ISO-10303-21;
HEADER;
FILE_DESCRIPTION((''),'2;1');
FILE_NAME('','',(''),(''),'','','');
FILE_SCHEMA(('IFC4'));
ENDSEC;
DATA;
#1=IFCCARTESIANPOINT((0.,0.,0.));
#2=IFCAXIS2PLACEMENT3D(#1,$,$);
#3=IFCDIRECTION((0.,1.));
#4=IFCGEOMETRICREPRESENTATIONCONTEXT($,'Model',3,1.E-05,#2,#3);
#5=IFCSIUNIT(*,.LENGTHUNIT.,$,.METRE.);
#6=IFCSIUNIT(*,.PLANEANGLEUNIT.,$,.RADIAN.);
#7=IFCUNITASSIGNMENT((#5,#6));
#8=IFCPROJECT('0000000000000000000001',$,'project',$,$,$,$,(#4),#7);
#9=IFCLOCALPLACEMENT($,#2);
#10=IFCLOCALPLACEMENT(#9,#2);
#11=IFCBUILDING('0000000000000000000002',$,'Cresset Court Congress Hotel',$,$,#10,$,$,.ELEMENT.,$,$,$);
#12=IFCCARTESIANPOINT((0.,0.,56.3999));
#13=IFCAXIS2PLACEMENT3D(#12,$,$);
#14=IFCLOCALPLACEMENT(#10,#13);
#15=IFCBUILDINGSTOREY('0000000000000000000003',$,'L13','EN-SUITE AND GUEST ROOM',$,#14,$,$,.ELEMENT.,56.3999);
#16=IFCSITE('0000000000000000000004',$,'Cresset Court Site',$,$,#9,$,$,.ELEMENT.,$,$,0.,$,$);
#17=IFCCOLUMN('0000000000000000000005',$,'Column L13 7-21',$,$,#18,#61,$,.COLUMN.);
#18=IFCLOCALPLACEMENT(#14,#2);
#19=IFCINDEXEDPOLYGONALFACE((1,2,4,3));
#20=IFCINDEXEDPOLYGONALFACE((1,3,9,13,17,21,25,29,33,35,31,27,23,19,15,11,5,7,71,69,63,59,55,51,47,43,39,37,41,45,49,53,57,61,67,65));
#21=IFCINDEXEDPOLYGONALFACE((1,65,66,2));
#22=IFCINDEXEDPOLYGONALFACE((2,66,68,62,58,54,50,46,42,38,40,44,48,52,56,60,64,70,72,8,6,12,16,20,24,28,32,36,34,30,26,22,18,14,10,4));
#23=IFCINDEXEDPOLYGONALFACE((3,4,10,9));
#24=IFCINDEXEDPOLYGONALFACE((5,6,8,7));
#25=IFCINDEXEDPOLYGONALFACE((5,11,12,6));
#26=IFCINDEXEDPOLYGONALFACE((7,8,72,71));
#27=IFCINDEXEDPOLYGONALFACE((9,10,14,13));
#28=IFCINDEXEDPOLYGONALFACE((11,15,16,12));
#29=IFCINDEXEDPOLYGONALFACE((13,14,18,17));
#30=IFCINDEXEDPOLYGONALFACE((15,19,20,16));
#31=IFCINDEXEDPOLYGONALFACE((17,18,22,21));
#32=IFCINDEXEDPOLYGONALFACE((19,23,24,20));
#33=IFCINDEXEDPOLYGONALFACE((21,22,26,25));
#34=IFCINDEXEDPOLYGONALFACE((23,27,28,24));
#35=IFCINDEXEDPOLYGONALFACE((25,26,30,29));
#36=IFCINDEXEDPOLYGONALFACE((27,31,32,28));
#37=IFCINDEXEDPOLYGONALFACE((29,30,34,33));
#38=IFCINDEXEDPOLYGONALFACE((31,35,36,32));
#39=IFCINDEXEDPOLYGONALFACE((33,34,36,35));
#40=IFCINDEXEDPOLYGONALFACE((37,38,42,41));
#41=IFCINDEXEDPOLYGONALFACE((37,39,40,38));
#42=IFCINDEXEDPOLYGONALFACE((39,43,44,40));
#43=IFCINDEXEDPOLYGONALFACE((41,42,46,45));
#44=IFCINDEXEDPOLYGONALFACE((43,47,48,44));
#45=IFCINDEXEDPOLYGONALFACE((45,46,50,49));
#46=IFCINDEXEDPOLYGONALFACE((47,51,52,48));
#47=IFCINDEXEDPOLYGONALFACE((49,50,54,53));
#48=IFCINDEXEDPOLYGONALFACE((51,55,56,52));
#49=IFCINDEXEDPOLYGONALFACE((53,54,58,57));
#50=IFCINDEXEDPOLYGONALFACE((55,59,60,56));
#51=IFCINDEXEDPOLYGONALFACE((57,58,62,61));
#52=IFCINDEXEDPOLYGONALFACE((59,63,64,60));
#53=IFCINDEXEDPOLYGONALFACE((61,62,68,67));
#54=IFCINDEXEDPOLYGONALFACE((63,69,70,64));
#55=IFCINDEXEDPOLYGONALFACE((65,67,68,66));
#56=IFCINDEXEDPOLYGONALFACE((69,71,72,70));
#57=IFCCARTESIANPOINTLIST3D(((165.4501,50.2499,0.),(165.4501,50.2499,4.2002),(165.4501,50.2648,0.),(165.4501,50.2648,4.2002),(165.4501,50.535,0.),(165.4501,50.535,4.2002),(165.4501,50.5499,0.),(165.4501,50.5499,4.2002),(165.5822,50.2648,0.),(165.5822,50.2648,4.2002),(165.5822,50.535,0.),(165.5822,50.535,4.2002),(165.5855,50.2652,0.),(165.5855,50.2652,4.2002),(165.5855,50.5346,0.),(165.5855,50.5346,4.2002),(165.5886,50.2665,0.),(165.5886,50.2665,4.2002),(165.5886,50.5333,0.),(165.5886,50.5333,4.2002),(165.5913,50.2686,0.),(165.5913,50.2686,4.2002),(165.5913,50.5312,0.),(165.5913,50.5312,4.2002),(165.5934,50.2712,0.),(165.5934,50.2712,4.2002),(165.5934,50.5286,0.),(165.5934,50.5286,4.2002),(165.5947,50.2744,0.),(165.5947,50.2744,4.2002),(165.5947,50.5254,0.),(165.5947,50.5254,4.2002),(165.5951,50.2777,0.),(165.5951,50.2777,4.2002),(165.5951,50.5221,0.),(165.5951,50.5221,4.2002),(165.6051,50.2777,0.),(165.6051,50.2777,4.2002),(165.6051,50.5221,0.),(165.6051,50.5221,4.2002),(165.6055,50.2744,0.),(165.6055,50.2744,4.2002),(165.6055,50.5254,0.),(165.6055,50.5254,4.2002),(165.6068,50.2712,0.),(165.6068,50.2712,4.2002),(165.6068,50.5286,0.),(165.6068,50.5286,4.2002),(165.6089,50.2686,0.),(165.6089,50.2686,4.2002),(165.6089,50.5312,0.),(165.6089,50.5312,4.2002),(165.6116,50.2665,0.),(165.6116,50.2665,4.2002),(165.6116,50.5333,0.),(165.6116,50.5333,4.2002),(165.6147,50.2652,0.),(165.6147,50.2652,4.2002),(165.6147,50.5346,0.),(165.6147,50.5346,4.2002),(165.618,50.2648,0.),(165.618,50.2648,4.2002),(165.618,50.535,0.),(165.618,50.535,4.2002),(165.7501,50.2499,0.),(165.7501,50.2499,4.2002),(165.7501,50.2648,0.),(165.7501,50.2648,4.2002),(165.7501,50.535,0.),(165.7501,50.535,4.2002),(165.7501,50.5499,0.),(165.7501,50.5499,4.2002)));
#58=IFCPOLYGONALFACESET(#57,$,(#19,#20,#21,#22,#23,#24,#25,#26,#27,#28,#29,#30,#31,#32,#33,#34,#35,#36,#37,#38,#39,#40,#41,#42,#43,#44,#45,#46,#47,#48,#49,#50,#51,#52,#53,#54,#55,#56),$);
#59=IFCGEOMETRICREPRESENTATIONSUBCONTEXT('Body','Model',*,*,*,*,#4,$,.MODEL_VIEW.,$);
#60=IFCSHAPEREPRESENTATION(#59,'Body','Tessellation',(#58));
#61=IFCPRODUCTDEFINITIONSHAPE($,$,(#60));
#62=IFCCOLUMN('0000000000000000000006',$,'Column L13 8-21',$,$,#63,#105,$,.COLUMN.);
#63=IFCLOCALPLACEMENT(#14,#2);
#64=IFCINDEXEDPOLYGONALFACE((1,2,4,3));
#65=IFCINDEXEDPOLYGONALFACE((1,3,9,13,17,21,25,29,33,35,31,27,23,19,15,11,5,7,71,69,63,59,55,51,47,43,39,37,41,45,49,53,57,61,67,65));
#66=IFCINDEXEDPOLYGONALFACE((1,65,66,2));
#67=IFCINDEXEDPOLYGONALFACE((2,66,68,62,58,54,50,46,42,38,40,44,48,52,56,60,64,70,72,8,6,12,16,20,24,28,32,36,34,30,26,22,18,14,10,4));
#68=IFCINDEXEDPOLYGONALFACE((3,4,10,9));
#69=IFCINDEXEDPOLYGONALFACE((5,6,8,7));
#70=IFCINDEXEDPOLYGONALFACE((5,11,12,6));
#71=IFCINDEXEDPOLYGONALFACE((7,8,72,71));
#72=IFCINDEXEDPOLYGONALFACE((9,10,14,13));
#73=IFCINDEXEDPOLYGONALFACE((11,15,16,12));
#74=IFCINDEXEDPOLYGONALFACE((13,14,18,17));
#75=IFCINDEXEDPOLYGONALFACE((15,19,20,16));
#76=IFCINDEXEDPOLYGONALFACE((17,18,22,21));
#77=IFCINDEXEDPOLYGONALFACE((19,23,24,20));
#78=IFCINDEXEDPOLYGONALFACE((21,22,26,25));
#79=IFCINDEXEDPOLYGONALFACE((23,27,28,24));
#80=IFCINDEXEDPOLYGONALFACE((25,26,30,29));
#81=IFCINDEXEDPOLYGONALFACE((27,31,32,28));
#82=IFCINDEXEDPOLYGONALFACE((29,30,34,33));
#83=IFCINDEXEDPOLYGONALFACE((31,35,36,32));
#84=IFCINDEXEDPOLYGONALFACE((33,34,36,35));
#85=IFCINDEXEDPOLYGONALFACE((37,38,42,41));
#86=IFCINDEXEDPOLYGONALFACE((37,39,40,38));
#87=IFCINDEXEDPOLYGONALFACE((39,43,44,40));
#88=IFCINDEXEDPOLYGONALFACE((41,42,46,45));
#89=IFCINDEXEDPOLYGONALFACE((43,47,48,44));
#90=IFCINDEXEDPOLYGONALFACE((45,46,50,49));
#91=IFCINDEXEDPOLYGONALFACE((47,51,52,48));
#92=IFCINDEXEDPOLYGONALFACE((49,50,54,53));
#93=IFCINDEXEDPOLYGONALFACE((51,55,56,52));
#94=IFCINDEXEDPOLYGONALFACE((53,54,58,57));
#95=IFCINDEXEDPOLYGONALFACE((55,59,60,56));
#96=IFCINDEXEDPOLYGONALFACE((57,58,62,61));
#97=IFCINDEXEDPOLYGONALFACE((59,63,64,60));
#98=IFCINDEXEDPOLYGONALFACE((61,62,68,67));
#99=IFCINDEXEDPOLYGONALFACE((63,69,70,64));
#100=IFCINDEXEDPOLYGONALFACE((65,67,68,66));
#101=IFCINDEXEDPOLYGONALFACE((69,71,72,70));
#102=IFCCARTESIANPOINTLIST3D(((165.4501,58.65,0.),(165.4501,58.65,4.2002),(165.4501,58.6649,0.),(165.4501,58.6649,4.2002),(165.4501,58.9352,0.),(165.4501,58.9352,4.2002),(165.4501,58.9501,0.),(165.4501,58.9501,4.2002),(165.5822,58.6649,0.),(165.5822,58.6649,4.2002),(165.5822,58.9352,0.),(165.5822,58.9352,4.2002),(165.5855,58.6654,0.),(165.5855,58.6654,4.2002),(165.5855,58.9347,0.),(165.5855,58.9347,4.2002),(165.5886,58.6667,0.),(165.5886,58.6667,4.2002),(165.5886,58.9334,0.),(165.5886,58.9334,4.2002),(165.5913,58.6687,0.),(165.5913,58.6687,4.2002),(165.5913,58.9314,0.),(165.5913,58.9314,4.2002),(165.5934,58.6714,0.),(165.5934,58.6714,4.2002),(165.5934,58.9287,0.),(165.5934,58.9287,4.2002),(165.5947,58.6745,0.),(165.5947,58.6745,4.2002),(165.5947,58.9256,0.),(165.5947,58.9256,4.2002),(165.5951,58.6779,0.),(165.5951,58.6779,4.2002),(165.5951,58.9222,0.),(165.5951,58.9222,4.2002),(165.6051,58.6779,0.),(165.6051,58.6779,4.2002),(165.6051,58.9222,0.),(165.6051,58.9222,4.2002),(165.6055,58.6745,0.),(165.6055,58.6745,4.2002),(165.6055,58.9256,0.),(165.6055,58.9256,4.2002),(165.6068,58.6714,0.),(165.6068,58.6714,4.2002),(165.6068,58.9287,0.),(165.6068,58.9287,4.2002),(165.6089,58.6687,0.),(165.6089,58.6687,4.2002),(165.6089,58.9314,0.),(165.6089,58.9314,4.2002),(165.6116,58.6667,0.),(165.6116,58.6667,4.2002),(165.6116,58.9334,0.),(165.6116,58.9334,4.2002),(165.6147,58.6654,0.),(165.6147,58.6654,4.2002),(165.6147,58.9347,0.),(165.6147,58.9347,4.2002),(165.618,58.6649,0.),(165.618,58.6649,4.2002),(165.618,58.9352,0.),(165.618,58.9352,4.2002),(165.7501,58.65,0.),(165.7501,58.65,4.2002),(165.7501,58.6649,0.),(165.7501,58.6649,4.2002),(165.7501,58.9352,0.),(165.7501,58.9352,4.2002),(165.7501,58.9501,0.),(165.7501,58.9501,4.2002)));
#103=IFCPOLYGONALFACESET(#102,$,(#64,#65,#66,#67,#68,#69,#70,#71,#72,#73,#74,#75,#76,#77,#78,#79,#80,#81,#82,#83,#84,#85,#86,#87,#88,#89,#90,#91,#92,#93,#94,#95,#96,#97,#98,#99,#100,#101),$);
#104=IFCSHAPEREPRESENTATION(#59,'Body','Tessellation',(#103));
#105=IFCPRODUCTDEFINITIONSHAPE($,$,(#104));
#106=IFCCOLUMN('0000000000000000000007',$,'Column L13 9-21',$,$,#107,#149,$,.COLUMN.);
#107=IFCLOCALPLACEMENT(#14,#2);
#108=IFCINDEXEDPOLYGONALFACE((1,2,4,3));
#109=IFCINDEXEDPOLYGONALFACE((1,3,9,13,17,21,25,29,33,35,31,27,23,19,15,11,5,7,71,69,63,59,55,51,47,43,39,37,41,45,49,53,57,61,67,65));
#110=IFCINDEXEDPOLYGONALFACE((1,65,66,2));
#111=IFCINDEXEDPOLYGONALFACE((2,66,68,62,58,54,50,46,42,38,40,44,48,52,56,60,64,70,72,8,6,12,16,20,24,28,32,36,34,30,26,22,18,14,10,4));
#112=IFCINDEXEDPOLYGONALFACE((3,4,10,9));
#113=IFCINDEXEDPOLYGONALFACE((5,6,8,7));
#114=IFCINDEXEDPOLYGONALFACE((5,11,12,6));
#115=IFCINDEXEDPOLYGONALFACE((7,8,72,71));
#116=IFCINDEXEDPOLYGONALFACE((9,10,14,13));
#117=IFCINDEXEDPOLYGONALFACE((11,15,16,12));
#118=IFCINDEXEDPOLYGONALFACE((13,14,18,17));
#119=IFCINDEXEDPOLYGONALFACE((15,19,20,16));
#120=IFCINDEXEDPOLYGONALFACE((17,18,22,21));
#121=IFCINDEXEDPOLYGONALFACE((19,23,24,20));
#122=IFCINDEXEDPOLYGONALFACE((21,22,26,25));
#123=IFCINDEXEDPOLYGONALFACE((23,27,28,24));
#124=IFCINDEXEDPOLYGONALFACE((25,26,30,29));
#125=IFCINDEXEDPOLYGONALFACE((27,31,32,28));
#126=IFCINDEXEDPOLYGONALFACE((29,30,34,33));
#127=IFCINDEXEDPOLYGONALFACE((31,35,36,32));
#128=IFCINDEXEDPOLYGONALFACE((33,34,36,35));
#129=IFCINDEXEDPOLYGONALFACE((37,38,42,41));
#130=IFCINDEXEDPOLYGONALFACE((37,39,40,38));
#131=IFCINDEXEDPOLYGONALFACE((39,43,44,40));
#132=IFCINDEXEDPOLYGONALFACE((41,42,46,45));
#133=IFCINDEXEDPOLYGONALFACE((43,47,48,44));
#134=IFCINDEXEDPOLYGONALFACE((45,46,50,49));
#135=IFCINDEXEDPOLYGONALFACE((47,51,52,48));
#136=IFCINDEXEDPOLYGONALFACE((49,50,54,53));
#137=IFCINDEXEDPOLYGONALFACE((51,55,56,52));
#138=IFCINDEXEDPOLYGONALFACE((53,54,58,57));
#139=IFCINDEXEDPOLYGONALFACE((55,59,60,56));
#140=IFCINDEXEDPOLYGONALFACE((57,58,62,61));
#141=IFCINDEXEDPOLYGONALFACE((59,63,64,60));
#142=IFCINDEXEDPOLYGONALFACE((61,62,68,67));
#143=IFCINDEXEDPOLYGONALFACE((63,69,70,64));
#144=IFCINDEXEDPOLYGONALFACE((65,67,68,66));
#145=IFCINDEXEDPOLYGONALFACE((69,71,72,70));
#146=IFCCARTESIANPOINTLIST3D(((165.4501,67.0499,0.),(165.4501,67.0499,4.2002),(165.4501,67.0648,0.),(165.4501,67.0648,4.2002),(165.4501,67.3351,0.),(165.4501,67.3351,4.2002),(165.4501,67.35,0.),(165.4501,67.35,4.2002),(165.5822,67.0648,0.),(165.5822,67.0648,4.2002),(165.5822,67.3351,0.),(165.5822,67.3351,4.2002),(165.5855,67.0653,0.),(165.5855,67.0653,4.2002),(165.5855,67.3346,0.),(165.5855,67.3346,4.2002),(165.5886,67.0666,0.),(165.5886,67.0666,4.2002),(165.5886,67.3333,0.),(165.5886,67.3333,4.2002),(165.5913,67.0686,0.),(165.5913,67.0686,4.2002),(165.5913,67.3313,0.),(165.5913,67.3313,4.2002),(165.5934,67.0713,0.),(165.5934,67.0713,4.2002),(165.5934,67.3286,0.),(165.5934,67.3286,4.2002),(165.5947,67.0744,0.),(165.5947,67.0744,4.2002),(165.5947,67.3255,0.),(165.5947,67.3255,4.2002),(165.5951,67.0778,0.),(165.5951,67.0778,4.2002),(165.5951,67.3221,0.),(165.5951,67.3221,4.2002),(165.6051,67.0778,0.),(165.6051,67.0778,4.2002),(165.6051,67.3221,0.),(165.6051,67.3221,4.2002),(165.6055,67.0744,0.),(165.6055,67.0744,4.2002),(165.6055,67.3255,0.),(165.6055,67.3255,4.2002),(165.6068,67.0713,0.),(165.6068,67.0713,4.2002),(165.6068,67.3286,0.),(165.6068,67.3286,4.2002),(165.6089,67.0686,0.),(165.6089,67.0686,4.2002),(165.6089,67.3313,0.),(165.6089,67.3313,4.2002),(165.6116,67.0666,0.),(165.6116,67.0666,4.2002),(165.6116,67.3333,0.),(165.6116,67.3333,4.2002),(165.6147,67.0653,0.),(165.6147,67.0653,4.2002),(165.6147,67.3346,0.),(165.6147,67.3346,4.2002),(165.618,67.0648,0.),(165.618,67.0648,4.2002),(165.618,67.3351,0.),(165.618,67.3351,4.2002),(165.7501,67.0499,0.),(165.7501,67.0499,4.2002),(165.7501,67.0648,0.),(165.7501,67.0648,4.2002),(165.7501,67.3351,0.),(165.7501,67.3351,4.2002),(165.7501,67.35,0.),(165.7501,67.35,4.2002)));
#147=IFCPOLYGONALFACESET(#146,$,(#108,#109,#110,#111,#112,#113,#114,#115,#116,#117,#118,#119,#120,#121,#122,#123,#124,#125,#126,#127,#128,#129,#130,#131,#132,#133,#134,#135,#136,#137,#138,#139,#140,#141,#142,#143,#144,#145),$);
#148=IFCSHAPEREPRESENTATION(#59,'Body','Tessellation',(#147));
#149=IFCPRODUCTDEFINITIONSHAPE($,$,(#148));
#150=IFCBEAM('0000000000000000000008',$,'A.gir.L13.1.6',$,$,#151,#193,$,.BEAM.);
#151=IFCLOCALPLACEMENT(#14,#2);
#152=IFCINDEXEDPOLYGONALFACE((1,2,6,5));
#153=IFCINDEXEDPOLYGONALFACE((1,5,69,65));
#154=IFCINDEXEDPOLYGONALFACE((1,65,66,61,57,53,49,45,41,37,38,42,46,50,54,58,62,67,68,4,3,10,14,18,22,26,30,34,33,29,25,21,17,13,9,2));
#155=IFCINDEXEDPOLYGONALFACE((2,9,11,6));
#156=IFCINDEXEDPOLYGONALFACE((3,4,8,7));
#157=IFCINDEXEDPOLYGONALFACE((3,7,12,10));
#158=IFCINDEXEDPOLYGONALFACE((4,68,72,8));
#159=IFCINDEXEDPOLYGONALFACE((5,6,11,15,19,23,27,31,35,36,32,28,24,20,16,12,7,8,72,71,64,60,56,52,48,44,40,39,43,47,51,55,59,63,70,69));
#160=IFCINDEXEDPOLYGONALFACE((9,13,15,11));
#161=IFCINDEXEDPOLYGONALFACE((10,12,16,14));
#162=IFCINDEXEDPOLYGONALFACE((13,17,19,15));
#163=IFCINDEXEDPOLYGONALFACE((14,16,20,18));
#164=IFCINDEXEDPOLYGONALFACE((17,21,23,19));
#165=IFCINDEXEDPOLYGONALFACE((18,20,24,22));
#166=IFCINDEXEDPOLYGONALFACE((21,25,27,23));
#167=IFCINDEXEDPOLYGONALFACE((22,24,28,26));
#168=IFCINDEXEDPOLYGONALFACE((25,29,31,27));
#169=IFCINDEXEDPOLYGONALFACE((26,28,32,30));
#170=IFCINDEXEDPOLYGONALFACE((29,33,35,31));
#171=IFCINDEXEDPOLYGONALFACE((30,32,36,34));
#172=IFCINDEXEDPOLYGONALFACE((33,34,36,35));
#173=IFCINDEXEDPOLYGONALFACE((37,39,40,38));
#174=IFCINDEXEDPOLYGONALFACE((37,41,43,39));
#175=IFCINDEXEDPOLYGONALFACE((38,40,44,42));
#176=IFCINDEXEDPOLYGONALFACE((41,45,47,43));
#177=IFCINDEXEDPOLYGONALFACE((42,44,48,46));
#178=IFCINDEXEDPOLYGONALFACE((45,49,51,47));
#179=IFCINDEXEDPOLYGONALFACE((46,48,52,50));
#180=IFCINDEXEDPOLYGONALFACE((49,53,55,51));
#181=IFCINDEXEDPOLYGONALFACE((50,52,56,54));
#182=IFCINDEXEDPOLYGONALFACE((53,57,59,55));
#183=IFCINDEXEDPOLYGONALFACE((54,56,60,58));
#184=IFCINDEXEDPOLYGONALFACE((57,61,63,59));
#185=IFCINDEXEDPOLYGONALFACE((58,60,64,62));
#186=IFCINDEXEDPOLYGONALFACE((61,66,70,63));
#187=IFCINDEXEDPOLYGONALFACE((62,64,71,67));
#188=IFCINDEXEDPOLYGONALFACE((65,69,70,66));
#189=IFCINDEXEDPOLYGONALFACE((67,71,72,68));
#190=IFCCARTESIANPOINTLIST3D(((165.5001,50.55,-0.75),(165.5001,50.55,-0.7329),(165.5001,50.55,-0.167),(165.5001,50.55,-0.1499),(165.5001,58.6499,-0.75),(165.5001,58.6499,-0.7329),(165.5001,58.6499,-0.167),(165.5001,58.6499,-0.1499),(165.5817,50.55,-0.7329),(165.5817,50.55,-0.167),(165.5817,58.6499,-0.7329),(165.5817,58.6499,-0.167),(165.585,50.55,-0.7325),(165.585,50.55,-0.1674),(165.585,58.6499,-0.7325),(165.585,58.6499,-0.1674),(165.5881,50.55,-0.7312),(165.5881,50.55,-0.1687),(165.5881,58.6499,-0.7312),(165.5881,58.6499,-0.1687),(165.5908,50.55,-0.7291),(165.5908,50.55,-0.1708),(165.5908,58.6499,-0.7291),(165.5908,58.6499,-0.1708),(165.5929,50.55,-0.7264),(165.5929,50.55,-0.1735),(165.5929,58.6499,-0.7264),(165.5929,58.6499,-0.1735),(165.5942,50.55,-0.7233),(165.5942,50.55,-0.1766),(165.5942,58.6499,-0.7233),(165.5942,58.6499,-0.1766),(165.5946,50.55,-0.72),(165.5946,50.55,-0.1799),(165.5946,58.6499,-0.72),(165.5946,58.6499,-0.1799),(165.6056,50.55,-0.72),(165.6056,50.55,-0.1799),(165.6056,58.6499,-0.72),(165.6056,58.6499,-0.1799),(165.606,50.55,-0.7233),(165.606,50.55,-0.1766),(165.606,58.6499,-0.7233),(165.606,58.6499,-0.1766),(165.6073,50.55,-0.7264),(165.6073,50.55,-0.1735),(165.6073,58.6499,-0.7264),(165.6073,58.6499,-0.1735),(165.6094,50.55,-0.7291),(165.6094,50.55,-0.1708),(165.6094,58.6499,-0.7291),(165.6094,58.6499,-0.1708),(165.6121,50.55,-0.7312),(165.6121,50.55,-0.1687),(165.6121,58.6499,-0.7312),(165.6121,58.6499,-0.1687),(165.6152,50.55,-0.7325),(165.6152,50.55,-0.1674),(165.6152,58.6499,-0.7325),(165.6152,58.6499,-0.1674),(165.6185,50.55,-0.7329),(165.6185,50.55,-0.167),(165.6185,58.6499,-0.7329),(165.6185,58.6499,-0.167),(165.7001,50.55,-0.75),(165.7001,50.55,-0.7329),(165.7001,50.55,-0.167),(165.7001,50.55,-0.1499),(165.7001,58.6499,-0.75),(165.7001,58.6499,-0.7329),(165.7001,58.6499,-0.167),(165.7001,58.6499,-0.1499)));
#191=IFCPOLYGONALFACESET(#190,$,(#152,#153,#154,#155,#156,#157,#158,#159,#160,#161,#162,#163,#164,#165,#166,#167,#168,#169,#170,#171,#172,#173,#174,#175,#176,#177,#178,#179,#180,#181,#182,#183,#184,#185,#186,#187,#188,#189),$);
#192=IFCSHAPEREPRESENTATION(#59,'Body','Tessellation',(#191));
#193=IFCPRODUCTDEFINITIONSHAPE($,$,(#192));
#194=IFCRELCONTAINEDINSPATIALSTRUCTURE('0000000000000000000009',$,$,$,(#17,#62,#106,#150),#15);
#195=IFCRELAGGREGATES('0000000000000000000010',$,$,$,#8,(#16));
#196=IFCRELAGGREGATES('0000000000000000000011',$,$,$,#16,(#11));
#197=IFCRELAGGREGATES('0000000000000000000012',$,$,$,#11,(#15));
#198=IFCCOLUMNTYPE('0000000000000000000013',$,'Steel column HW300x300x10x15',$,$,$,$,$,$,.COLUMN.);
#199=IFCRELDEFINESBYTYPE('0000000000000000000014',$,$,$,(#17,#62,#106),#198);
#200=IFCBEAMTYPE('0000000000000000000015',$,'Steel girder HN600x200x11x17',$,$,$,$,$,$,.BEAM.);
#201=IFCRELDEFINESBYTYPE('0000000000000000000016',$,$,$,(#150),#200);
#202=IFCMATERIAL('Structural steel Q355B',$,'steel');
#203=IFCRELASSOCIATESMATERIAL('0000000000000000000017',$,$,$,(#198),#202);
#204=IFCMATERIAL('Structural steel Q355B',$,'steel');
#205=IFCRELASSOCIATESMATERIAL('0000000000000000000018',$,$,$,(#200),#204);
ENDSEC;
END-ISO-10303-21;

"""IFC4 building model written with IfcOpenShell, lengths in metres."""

from ifc_helpers import new_model, si_unit, direction, frame, origin, origin_2d, place, context, subcontext, project, spatial, i_section, extrude, material, material_profile, profile_set, type_object, element, save


model = new_model("IFC4")

# Units and contexts
model_context = context("Model", 3, precision=1e-05, world=origin(), true_north=direction((0.0, 1.0)))
body_context = subcontext(model_context, "Body", "Model", "MODEL_VIEW")
ifc_project = project(units=[si_unit("LENGTHUNIT", "METRE"), si_unit("PLANEANGLEUNIT", "RADIAN")], contexts=[model_context])

# Site, building, storey
site_placement = place(None, origin())
site = spatial("IfcSite", under=ifc_project, at=site_placement, Name="Cresset Court Site", CompositionType="ELEMENT", RefElevation=0.0)
building_placement = place(site_placement, origin())
building = spatial("IfcBuilding", under=site, at=building_placement, Name="Cresset Court Congress Hotel", CompositionType="ELEMENT")
storey_placement = place(building_placement, frame((0.0, 0.0, 56.3999)))
storey = spatial("IfcBuildingStorey", under=building, at=storey_placement, Name="L13", Description="EN-SUITE AND GUEST ROOM", CompositionType="ELEMENT", Elevation=56.3999)

# Columns
ifc_material_1 = material(Name="Structural steel Q355B", Category="steel")
ifc_material_profile_1 = material_profile(ifc_material_1, i_section(OverallWidth=0.3, OverallDepth=0.3, WebThickness=0.01, FlangeThickness=0.0149, FilletRadius=0.0129, at=origin_2d()), Name="HW300x300x10x15")
ifc_profile_set_1 = profile_set([ifc_material_profile_1], Name="Structural steel Q355B")
column_type = type_object("IfcColumnType", Name="Steel column HW300x300x10x15", PredefinedType="COLUMN", material=ifc_profile_set_1)
for number, where, z_axis, x_axis, name in (
    (1, (165.6001, 50.3999, 0.0), (0.0, 0.0, 1.0), (1.0, 0.0, 0.0), "Column L13 7-21"),
    (2, (165.6001, 58.8, 0.0), (0.0, 0.0, 1.0), (1.0, 0.0, 0.0), "Column L13 8-21"),
    (3, (165.6001, 67.2, 0.0), (0.0, 0.0, 1.0), (1.0, 0.0, 0.0), "Column L13 9-21"),
):
    element("IfcColumn", number, at=place(storey_placement, frame(where, z_axis=z_axis, x_axis=x_axis)), inside=storey, type_object=column_type, Name=name, PredefinedType="COLUMN", context=body_context, shape_type="SweptSolid", body=[
        extrude(i_section(OverallWidth=0.3, OverallDepth=0.3, WebThickness=0.01, FlangeThickness=0.0149, FilletRadius=0.0129, at=origin_2d()), origin(), (0.0, 0.0, 1.0), 4.2002),
    ])

# Beam
ifc_material_2 = material(Name="Structural steel Q355B", Category="steel")
ifc_material_profile_2 = material_profile(ifc_material_2, i_section(OverallWidth=0.2, OverallDepth=0.6001, WebThickness=0.011, FlangeThickness=0.0171, FilletRadius=0.0129, at=origin_2d()), Name="HN600x200x11x17")
ifc_profile_set_2 = profile_set([ifc_material_profile_2], Name="Structural steel Q355B")
beam_type = type_object("IfcBeamType", Name="Steel girder HN600x200x11x17", PredefinedType="BEAM", material=ifc_profile_set_2)
beam_1_placement = place(storey_placement, frame((165.6001, 50.55, -0.45), z_axis=(0.0, 1.0, 0.0), x_axis=(-1.0, 0.0, 0.0)))
element("IfcBeam", 4, at=beam_1_placement, inside=storey, type_object=beam_type, Name="A.gir.L13.1.6", PredefinedType="BEAM", context=body_context, shape_type="SweptSolid", body=[
    extrude(i_section(OverallWidth=0.2, OverallDepth=0.6001, WebThickness=0.011, FlangeThickness=0.0171, FilletRadius=0.0129, at=origin_2d()), origin(), (0.0, 0.0, 1.0), 8.0999),
])

save(model, "model.ifc")
